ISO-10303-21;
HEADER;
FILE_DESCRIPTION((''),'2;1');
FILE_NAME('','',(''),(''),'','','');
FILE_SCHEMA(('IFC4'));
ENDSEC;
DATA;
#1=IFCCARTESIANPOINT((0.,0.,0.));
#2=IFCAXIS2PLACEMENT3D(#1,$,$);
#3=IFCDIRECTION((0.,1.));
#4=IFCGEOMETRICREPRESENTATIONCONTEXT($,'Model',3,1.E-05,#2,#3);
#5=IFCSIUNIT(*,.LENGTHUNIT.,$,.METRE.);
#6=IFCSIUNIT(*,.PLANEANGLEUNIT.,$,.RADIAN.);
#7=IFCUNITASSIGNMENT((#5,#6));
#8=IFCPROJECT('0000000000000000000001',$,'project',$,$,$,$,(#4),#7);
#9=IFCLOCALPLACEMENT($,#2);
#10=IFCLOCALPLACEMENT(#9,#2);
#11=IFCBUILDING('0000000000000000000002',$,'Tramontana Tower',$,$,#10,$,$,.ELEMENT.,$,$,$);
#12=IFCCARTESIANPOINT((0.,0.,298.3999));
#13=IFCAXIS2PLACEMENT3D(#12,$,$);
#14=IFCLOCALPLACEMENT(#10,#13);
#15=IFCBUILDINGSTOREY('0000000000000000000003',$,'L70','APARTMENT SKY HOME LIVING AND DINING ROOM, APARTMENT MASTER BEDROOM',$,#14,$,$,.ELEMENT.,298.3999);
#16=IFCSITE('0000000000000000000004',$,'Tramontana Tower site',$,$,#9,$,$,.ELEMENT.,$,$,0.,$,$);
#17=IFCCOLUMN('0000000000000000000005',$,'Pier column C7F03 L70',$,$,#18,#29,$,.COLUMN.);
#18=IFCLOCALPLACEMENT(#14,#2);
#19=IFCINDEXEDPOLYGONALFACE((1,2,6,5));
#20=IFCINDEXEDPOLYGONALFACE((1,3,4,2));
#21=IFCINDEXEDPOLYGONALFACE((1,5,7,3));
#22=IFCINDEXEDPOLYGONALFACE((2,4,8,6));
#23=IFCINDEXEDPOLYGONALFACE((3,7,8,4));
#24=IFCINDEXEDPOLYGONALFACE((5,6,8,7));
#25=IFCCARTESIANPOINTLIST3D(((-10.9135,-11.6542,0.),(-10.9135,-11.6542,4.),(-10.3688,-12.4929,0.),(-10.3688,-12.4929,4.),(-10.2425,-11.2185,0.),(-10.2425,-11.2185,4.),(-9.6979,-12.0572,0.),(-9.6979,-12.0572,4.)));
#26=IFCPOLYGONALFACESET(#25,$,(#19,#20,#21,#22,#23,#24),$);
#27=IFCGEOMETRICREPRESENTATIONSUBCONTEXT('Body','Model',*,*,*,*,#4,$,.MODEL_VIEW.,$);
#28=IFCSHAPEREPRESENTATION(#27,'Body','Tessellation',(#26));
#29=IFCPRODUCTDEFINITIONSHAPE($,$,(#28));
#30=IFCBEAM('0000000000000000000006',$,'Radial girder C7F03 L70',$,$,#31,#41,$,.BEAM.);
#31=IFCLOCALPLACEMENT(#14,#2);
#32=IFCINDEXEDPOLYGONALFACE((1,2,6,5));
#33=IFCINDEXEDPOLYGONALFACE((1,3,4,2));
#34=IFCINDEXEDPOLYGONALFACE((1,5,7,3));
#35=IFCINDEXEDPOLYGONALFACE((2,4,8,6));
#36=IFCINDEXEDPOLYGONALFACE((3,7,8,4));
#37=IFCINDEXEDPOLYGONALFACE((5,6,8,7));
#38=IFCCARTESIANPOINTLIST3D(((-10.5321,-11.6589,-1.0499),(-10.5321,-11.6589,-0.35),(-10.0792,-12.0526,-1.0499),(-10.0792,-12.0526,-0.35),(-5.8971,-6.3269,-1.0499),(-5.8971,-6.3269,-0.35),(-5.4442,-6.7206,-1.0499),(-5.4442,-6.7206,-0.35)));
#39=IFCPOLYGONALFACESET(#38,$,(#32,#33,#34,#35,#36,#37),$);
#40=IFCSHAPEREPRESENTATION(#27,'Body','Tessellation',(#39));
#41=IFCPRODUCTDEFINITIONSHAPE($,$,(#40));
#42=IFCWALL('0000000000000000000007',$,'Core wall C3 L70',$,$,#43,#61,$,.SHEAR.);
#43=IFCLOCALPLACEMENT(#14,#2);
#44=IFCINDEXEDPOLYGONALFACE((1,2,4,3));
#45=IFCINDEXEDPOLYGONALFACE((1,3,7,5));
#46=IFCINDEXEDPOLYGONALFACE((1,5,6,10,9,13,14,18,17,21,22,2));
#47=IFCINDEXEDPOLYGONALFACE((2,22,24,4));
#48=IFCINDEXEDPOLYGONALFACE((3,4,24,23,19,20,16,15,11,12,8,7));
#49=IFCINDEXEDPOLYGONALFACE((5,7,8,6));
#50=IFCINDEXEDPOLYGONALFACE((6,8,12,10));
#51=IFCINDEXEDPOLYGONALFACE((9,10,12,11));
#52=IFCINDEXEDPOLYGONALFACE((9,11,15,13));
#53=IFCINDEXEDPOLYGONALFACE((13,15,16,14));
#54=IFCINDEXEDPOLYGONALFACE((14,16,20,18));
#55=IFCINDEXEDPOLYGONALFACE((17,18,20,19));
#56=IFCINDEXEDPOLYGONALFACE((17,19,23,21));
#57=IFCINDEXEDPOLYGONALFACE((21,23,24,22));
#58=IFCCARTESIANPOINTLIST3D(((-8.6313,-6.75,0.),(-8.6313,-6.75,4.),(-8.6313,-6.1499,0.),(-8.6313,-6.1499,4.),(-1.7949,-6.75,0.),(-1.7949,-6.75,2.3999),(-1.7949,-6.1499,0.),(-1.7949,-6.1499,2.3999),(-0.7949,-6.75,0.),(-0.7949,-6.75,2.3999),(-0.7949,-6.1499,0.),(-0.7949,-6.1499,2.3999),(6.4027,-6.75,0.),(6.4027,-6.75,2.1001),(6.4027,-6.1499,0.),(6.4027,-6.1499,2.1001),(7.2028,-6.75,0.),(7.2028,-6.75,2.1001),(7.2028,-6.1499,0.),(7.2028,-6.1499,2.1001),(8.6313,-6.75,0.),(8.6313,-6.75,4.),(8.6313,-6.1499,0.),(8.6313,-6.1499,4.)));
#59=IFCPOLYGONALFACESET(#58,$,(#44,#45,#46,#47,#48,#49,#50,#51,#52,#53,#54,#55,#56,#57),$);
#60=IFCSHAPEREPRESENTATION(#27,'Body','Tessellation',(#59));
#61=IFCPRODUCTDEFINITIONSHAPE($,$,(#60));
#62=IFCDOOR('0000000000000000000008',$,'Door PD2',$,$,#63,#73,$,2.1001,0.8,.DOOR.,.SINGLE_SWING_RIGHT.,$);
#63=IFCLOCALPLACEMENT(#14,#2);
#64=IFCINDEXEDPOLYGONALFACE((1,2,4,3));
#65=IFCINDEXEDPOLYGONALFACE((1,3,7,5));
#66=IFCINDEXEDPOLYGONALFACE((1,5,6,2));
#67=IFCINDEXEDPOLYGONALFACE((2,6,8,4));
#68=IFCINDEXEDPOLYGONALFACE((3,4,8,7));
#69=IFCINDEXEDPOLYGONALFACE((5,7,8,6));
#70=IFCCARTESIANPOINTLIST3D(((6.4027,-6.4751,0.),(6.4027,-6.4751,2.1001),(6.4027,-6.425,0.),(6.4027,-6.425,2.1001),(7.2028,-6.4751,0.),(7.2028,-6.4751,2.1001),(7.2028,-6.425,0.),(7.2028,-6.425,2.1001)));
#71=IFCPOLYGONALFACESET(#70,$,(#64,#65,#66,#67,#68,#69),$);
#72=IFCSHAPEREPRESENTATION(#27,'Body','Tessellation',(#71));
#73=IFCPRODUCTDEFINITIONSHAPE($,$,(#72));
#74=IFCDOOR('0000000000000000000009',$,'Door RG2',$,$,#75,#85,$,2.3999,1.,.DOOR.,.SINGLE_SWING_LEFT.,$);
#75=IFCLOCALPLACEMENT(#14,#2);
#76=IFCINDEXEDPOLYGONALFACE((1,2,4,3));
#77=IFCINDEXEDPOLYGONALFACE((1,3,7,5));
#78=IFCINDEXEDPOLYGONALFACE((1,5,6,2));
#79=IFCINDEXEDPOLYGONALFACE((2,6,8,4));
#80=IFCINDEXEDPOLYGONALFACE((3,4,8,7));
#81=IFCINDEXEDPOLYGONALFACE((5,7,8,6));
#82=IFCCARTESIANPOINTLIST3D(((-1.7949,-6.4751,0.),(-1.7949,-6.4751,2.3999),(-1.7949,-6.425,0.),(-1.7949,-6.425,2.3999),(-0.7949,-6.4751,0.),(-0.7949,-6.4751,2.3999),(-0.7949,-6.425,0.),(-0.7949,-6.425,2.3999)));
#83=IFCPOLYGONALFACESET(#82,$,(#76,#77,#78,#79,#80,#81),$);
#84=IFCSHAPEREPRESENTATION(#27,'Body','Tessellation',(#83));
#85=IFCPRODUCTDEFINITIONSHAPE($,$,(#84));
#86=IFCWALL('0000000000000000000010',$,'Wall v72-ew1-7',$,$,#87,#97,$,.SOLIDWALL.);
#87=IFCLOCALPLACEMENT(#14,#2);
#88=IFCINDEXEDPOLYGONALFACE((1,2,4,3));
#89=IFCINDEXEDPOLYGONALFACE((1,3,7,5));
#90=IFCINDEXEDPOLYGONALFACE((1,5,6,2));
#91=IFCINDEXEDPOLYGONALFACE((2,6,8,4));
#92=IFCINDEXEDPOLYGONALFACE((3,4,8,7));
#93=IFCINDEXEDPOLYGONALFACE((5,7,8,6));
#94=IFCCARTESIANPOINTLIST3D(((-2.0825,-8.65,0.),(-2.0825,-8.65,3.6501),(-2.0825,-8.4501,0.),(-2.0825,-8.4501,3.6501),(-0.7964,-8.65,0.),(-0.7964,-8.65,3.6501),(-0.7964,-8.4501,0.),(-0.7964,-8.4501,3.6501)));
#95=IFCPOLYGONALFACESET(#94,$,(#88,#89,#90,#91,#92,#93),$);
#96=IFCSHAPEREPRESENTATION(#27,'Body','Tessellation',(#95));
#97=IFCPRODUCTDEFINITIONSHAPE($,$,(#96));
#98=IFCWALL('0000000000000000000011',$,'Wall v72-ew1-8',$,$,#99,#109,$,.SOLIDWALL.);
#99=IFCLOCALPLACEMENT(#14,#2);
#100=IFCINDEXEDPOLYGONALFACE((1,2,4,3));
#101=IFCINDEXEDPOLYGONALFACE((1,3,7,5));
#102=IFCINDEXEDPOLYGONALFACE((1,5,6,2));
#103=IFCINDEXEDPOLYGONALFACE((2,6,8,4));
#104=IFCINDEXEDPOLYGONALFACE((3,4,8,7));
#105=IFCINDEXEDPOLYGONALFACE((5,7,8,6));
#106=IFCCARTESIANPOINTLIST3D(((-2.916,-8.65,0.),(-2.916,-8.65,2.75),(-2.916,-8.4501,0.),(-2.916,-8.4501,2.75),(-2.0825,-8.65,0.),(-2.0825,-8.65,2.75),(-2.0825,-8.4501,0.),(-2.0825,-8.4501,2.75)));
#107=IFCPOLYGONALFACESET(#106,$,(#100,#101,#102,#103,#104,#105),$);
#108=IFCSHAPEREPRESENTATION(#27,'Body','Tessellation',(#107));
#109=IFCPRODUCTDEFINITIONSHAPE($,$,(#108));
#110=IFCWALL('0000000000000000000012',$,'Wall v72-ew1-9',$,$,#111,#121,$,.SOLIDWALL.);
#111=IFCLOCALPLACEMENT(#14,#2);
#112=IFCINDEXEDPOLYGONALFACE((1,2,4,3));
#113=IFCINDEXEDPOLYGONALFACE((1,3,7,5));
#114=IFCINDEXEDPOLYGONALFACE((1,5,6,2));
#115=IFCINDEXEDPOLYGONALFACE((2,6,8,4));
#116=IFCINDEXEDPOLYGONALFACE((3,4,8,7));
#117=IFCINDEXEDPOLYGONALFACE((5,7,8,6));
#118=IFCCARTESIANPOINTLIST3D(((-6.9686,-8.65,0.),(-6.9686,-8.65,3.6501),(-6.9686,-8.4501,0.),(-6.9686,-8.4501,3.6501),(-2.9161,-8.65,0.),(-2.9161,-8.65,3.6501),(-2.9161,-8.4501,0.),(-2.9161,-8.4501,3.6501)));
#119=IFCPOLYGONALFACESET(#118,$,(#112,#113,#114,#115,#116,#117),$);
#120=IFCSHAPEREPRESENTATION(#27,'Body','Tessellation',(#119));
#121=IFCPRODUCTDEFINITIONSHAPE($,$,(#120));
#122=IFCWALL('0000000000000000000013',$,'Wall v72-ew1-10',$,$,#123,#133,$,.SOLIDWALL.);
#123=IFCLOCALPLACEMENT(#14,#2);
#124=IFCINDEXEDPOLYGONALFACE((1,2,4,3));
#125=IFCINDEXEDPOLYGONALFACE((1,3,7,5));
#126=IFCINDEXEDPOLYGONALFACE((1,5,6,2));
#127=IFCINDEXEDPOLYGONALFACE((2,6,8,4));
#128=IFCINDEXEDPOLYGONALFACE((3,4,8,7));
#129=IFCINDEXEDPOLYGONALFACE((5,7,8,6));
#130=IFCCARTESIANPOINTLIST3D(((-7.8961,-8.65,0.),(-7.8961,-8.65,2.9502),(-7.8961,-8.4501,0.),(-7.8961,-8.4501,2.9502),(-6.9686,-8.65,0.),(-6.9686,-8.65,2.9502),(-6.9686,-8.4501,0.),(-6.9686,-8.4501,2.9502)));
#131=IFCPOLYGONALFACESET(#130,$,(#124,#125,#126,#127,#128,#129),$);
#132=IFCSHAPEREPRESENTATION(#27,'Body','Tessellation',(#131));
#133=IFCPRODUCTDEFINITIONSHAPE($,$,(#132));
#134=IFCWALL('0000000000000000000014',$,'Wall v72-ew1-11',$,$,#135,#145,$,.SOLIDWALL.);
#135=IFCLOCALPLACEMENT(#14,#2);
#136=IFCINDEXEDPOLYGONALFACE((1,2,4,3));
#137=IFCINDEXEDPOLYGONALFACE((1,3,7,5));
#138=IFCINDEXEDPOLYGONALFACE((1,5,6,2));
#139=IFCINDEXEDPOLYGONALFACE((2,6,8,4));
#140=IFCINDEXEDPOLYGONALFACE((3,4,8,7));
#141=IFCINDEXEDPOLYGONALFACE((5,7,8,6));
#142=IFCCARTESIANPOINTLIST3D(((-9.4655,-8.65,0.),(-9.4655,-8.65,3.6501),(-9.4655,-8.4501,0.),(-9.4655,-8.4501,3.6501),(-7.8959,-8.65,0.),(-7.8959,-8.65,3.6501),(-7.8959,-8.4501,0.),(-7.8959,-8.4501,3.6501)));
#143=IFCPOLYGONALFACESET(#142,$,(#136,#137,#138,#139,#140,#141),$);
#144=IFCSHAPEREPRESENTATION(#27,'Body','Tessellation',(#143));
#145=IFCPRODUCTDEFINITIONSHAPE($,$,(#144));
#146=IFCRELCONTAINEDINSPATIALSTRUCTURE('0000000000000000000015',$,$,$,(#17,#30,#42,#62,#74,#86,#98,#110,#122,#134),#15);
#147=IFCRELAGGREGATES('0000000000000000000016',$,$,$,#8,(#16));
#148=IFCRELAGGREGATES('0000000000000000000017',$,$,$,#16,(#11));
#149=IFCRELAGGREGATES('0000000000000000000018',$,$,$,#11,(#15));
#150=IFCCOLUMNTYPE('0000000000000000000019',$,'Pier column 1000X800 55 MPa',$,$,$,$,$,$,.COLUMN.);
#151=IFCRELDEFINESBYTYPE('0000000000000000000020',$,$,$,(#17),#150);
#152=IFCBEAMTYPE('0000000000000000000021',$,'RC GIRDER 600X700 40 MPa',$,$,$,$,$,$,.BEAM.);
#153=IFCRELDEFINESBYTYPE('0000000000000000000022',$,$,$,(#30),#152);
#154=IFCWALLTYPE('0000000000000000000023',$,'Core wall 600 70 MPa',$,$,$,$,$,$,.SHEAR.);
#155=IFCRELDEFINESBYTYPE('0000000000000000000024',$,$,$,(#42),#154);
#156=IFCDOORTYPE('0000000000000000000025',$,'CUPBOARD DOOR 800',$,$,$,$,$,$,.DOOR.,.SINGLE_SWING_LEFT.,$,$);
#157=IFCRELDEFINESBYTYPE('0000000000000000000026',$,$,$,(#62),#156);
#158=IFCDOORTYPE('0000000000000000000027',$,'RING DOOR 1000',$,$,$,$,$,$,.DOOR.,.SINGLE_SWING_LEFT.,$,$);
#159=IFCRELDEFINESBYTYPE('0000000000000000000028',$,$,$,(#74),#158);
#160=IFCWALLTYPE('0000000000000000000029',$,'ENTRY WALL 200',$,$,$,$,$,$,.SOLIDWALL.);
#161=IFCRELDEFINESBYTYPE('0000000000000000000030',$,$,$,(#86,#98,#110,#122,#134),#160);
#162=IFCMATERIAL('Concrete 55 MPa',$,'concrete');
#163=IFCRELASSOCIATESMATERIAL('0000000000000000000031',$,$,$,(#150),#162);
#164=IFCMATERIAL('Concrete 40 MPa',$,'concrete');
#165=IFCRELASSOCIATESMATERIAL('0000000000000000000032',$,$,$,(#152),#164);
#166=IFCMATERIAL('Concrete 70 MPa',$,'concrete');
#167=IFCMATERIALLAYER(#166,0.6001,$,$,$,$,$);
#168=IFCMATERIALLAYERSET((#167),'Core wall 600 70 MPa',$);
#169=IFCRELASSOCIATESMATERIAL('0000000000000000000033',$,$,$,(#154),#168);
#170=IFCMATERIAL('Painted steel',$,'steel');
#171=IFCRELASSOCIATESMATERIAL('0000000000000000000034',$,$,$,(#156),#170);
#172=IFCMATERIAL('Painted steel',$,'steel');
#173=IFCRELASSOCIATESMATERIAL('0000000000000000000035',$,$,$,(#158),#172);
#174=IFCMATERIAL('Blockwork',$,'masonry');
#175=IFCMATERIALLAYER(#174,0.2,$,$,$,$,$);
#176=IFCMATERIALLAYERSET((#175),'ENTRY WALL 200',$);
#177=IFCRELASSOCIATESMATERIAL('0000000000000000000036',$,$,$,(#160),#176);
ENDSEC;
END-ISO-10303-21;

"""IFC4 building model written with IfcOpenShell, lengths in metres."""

from ifc_helpers import new_model, si_unit, direction, frame, frame_2d, origin, origin_2d, place, context, subcontext, project, spatial, rectangle, extrude, material, layer, layer_set, material_profile, profile_set, type_object, element, fill, save


model = new_model("IFC4")

# Units and contexts
model_context = context("Model", 3, precision=1e-05, world=origin(), true_north=direction((0.0, 1.0)))
body_context = subcontext(model_context, "Body", "Model", "MODEL_VIEW")
ifc_project = project(units=[si_unit("LENGTHUNIT", "METRE"), si_unit("PLANEANGLEUNIT", "RADIAN")], contexts=[model_context])

# Site, building, storey
site_placement = place(None, origin())
site = spatial("IfcSite", under=ifc_project, at=site_placement, Name="Tramontana Tower site", CompositionType="ELEMENT", RefElevation=0.0)
building_placement = place(site_placement, origin())
building = spatial("IfcBuilding", under=site, at=building_placement, Name="Tramontana Tower", CompositionType="ELEMENT")
storey_placement = place(building_placement, frame((0.0, 0.0, 298.3999)))
storey = spatial("IfcBuildingStorey", under=building, at=storey_placement, Name="L70", Description="APARTMENT SKY HOME LIVING AND DINING ROOM, APARTMENT MASTER BEDROOM", CompositionType="ELEMENT", Elevation=298.3999)

# Column
ifc_material_1 = material(Name="Concrete 55 MPa", Category="concrete")
ifc_material_profile_1 = material_profile(ifc_material_1, rectangle(XDim=1.0, YDim=0.8, at=origin_2d()), Name="Pier column 1000X800 55 MPa")
ifc_profile_set_1 = profile_set([ifc_material_profile_1], Name="Concrete 55 MPa")
column_type = type_object("IfcColumnType", Name="Pier column 1000X800 55 MPa", PredefinedType="COLUMN", material=ifc_profile_set_1)
column_placement = place(storey_placement, frame((-10.3057, -11.8557, 0.0), z_axis=(0.0, 0.0, 1.0), x_axis=(0.544639, -0.838671, 0.0)))
element("IfcColumn", 1, at=column_placement, inside=storey, type_object=column_type, Name="Pier column C7F03 L70", PredefinedType="COLUMN", context=body_context, shape_type="SweptSolid", body=[
    extrude(rectangle(XDim=1.0, YDim=0.8, at=origin_2d()), origin(), (0.0, 0.0, 1.0), 4.0),
])

# Beam
ifc_material_2 = material(Name="Concrete 40 MPa", Category="concrete")
ifc_material_profile_2 = material_profile(ifc_material_2, rectangle(XDim=0.6001, YDim=0.7, at=origin_2d()), Name="RC GIRDER 600X700 40 MPa")
ifc_profile_set_2 = profile_set([ifc_material_profile_2], Name="Concrete 40 MPa")
beam_type = type_object("IfcBeamType", Name="RC GIRDER 600X700 40 MPa", PredefinedType="BEAM", material=ifc_profile_set_2)
beam_placement = place(storey_placement, frame((-10.3057, -11.8557, -0.7), z_axis=(0.656055, 0.754713, 0.0), x_axis=(-0.754713, 0.656055, 0.0)))
element("IfcBeam", 2, at=beam_placement, inside=storey, type_object=beam_type, Name="Radial girder C7F03 L70", PredefinedType="BEAM", context=body_context, shape_type="SweptSolid", body=[
    extrude(rectangle(XDim=0.6001, YDim=0.7, at=origin_2d()), origin(), (0.0, 0.0, 1.0), 7.0649),
])

# Wall, openings, doors
ifc_material_3 = material(Name="Concrete 70 MPa", Category="concrete")
ifc_layer_1 = layer(ifc_material_3, 0.6001)
ifc_layer_set_1 = layer_set([ifc_layer_1], Name="Core wall 600 70 MPa")
wall_type_1 = type_object("IfcWallType", Name="Core wall 600 70 MPa", PredefinedType="SHEAR", material=ifc_layer_set_1)
wall_1_placement = place(storey_placement, frame((-8.6313, -6.45, 0.0), z_axis=(0.0, 0.0, 1.0), x_axis=(1.0, 0.0, 0.0)))
wall_1 = element("IfcWall", 3, at=wall_1_placement, inside=storey, type_object=wall_type_1, Name="Core wall C3 L70", PredefinedType="SHEAR", context=body_context, shape_type="SweptSolid", body=[
    extrude(rectangle(XDim=17.2627, YDim=0.6001, at=frame_2d((8.6313, 0.0))), origin(), (0.0, 0.0, 1.0), 4.0),
])
opening_1_placement = place(wall_1_placement, frame((6.8364, 0.0, 0.0)))
opening_1 = element("IfcOpeningElement", 4, at=opening_1_placement, cuts=wall_1, PredefinedType="OPENING", context=body_context, shape_type="SweptSolid", body=[
    extrude(rectangle(XDim=1.0, YDim=2.3999, at=frame_2d((0.5, 1.2))), frame((0.0, 0.3101, 0.0), z_axis=(0.0, -1.0, 0.0), x_axis=(1.0, 0.0, 0.0)), (0.0, 0.0, 1.0), 0.6201),
])
opening_2_placement = place(wall_1_placement, frame((15.0342, 0.0, 0.0)))
opening_2 = element("IfcOpeningElement", 5, at=opening_2_placement, cuts=wall_1, PredefinedType="OPENING", context=body_context, shape_type="SweptSolid", body=[
    extrude(rectangle(XDim=0.8, YDim=2.1001, at=frame_2d((0.3999, 1.05))), frame((0.0, 0.3101, 0.0), z_axis=(0.0, -1.0, 0.0), x_axis=(1.0, 0.0, 0.0)), (0.0, 0.0, 1.0), 0.6201),
])
ifc_material_4 = material(Name="Painted steel", Category="steel")
door_type_1 = type_object("IfcDoorType", Name="CUPBOARD DOOR 800", OperationType="SINGLE_SWING_LEFT", PredefinedType="DOOR", material=ifc_material_4)
door_1_placement = place(opening_2_placement, origin())
door_1 = element("IfcDoor", 6, at=door_1_placement, inside=storey, type_object=door_type_1, Name="Door PD2", OperationType="SINGLE_SWING_RIGHT", OverallHeight=2.1001, OverallWidth=0.8, PredefinedType="DOOR", context=body_context, shape_type="SweptSolid", body=[
    extrude(rectangle(XDim=0.8, YDim=2.1001, at=frame_2d((0.3999, 1.05))), frame((0.0, 0.0249, 0.0), z_axis=(0.0, -1.0, 0.0), x_axis=(1.0, 0.0, 0.0)), (0.0, 0.0, 1.0), 0.05),
])
fill(opening_2, door_1)
ifc_material_5 = material(Name="Painted steel", Category="steel")
door_type_2 = type_object("IfcDoorType", Name="RING DOOR 1000", OperationType="SINGLE_SWING_LEFT", PredefinedType="DOOR", material=ifc_material_5)
door_2_placement = place(opening_1_placement, origin())
door_2 = element("IfcDoor", 7, at=door_2_placement, inside=storey, type_object=door_type_2, Name="Door RG2", OperationType="SINGLE_SWING_LEFT", OverallHeight=2.3999, OverallWidth=1.0, PredefinedType="DOOR", context=body_context, shape_type="SweptSolid", body=[
    extrude(rectangle(XDim=1.0, YDim=2.3999, at=frame_2d((0.5, 1.2))), frame((0.0, 0.0249, 0.0), z_axis=(0.0, -1.0, 0.0), x_axis=(1.0, 0.0, 0.0)), (0.0, 0.0, 1.0), 0.05),
])
fill(opening_1, door_2)

# Walls
ifc_material_6 = material(Name="Blockwork", Category="masonry")
ifc_layer_2 = layer(ifc_material_6, 0.2)
ifc_layer_set_2 = layer_set([ifc_layer_2], Name="ENTRY WALL 200")
wall_type_2 = type_object("IfcWallType", Name="ENTRY WALL 200", PredefinedType="SOLIDWALL", material=ifc_layer_set_2)
wall_2_placement = place(storey_placement, frame((-0.7964, -8.55, 0.0), z_axis=(0.0, 0.0, 1.0), x_axis=(-1.0, 0.0, 0.0)))
element("IfcWall", 8, at=wall_2_placement, inside=storey, type_object=wall_type_2, Name="Wall v72-ew1-7", PredefinedType="SOLIDWALL", context=body_context, shape_type="SweptSolid", body=[
    extrude(rectangle(XDim=1.2861, YDim=0.2, at=frame_2d((0.6431, 0.0))), origin(), (0.0, 0.0, 1.0), 3.6501),
])
wall_3_placement = place(storey_placement, frame((-2.0825, -8.55, 0.0), z_axis=(0.0, 0.0, 1.0), x_axis=(-1.0, 0.0, 0.0)))
element("IfcWall", 9, at=wall_3_placement, inside=storey, type_object=wall_type_2, Name="Wall v72-ew1-8", PredefinedType="SOLIDWALL", context=body_context, shape_type="SweptSolid", body=[
    extrude(rectangle(XDim=0.8335, YDim=0.2, at=frame_2d((0.4167, 0.0))), origin(), (0.0, 0.0, 1.0), 2.75),
])
wall_4_placement = place(storey_placement, frame((-2.916, -8.55, 0.0), z_axis=(0.0, 0.0, 1.0), x_axis=(-1.0, 0.0, 0.0)))
element("IfcWall", 10, at=wall_4_placement, inside=storey, type_object=wall_type_2, Name="Wall v72-ew1-9", PredefinedType="SOLIDWALL", context=body_context, shape_type="SweptSolid", body=[
    extrude(rectangle(XDim=4.0525, YDim=0.2, at=frame_2d((2.0264, 0.0))), origin(), (0.0, 0.0, 1.0), 3.6501),
])
wall_5_placement = place(storey_placement, frame((-6.9685, -8.55, 0.0), z_axis=(0.0, 0.0, 1.0), x_axis=(-1.0, 0.0, 0.0)))
element("IfcWall", 11, at=wall_5_placement, inside=storey, type_object=wall_type_2, Name="Wall v72-ew1-10", PredefinedType="SOLIDWALL", context=body_context, shape_type="SweptSolid", body=[
    extrude(rectangle(XDim=0.9275, YDim=0.2, at=frame_2d((0.4639, 0.0))), origin(), (0.0, 0.0, 1.0), 2.9502),
])
wall_6_placement = place(storey_placement, frame((-7.896, -8.55, 0.0), z_axis=(0.0, 0.0, 1.0), x_axis=(-1.0, 0.0, 0.0)))
element("IfcWall", 12, at=wall_6_placement, inside=storey, type_object=wall_type_2, Name="Wall v72-ew1-11", PredefinedType="SOLIDWALL", context=body_context, shape_type="SweptSolid", body=[
    extrude(rectangle(XDim=1.5696, YDim=0.2, at=frame_2d((0.7847, 0.0))), origin(), (0.0, 0.0, 1.0), 3.6501),
])

save(model, "model.ifc")
